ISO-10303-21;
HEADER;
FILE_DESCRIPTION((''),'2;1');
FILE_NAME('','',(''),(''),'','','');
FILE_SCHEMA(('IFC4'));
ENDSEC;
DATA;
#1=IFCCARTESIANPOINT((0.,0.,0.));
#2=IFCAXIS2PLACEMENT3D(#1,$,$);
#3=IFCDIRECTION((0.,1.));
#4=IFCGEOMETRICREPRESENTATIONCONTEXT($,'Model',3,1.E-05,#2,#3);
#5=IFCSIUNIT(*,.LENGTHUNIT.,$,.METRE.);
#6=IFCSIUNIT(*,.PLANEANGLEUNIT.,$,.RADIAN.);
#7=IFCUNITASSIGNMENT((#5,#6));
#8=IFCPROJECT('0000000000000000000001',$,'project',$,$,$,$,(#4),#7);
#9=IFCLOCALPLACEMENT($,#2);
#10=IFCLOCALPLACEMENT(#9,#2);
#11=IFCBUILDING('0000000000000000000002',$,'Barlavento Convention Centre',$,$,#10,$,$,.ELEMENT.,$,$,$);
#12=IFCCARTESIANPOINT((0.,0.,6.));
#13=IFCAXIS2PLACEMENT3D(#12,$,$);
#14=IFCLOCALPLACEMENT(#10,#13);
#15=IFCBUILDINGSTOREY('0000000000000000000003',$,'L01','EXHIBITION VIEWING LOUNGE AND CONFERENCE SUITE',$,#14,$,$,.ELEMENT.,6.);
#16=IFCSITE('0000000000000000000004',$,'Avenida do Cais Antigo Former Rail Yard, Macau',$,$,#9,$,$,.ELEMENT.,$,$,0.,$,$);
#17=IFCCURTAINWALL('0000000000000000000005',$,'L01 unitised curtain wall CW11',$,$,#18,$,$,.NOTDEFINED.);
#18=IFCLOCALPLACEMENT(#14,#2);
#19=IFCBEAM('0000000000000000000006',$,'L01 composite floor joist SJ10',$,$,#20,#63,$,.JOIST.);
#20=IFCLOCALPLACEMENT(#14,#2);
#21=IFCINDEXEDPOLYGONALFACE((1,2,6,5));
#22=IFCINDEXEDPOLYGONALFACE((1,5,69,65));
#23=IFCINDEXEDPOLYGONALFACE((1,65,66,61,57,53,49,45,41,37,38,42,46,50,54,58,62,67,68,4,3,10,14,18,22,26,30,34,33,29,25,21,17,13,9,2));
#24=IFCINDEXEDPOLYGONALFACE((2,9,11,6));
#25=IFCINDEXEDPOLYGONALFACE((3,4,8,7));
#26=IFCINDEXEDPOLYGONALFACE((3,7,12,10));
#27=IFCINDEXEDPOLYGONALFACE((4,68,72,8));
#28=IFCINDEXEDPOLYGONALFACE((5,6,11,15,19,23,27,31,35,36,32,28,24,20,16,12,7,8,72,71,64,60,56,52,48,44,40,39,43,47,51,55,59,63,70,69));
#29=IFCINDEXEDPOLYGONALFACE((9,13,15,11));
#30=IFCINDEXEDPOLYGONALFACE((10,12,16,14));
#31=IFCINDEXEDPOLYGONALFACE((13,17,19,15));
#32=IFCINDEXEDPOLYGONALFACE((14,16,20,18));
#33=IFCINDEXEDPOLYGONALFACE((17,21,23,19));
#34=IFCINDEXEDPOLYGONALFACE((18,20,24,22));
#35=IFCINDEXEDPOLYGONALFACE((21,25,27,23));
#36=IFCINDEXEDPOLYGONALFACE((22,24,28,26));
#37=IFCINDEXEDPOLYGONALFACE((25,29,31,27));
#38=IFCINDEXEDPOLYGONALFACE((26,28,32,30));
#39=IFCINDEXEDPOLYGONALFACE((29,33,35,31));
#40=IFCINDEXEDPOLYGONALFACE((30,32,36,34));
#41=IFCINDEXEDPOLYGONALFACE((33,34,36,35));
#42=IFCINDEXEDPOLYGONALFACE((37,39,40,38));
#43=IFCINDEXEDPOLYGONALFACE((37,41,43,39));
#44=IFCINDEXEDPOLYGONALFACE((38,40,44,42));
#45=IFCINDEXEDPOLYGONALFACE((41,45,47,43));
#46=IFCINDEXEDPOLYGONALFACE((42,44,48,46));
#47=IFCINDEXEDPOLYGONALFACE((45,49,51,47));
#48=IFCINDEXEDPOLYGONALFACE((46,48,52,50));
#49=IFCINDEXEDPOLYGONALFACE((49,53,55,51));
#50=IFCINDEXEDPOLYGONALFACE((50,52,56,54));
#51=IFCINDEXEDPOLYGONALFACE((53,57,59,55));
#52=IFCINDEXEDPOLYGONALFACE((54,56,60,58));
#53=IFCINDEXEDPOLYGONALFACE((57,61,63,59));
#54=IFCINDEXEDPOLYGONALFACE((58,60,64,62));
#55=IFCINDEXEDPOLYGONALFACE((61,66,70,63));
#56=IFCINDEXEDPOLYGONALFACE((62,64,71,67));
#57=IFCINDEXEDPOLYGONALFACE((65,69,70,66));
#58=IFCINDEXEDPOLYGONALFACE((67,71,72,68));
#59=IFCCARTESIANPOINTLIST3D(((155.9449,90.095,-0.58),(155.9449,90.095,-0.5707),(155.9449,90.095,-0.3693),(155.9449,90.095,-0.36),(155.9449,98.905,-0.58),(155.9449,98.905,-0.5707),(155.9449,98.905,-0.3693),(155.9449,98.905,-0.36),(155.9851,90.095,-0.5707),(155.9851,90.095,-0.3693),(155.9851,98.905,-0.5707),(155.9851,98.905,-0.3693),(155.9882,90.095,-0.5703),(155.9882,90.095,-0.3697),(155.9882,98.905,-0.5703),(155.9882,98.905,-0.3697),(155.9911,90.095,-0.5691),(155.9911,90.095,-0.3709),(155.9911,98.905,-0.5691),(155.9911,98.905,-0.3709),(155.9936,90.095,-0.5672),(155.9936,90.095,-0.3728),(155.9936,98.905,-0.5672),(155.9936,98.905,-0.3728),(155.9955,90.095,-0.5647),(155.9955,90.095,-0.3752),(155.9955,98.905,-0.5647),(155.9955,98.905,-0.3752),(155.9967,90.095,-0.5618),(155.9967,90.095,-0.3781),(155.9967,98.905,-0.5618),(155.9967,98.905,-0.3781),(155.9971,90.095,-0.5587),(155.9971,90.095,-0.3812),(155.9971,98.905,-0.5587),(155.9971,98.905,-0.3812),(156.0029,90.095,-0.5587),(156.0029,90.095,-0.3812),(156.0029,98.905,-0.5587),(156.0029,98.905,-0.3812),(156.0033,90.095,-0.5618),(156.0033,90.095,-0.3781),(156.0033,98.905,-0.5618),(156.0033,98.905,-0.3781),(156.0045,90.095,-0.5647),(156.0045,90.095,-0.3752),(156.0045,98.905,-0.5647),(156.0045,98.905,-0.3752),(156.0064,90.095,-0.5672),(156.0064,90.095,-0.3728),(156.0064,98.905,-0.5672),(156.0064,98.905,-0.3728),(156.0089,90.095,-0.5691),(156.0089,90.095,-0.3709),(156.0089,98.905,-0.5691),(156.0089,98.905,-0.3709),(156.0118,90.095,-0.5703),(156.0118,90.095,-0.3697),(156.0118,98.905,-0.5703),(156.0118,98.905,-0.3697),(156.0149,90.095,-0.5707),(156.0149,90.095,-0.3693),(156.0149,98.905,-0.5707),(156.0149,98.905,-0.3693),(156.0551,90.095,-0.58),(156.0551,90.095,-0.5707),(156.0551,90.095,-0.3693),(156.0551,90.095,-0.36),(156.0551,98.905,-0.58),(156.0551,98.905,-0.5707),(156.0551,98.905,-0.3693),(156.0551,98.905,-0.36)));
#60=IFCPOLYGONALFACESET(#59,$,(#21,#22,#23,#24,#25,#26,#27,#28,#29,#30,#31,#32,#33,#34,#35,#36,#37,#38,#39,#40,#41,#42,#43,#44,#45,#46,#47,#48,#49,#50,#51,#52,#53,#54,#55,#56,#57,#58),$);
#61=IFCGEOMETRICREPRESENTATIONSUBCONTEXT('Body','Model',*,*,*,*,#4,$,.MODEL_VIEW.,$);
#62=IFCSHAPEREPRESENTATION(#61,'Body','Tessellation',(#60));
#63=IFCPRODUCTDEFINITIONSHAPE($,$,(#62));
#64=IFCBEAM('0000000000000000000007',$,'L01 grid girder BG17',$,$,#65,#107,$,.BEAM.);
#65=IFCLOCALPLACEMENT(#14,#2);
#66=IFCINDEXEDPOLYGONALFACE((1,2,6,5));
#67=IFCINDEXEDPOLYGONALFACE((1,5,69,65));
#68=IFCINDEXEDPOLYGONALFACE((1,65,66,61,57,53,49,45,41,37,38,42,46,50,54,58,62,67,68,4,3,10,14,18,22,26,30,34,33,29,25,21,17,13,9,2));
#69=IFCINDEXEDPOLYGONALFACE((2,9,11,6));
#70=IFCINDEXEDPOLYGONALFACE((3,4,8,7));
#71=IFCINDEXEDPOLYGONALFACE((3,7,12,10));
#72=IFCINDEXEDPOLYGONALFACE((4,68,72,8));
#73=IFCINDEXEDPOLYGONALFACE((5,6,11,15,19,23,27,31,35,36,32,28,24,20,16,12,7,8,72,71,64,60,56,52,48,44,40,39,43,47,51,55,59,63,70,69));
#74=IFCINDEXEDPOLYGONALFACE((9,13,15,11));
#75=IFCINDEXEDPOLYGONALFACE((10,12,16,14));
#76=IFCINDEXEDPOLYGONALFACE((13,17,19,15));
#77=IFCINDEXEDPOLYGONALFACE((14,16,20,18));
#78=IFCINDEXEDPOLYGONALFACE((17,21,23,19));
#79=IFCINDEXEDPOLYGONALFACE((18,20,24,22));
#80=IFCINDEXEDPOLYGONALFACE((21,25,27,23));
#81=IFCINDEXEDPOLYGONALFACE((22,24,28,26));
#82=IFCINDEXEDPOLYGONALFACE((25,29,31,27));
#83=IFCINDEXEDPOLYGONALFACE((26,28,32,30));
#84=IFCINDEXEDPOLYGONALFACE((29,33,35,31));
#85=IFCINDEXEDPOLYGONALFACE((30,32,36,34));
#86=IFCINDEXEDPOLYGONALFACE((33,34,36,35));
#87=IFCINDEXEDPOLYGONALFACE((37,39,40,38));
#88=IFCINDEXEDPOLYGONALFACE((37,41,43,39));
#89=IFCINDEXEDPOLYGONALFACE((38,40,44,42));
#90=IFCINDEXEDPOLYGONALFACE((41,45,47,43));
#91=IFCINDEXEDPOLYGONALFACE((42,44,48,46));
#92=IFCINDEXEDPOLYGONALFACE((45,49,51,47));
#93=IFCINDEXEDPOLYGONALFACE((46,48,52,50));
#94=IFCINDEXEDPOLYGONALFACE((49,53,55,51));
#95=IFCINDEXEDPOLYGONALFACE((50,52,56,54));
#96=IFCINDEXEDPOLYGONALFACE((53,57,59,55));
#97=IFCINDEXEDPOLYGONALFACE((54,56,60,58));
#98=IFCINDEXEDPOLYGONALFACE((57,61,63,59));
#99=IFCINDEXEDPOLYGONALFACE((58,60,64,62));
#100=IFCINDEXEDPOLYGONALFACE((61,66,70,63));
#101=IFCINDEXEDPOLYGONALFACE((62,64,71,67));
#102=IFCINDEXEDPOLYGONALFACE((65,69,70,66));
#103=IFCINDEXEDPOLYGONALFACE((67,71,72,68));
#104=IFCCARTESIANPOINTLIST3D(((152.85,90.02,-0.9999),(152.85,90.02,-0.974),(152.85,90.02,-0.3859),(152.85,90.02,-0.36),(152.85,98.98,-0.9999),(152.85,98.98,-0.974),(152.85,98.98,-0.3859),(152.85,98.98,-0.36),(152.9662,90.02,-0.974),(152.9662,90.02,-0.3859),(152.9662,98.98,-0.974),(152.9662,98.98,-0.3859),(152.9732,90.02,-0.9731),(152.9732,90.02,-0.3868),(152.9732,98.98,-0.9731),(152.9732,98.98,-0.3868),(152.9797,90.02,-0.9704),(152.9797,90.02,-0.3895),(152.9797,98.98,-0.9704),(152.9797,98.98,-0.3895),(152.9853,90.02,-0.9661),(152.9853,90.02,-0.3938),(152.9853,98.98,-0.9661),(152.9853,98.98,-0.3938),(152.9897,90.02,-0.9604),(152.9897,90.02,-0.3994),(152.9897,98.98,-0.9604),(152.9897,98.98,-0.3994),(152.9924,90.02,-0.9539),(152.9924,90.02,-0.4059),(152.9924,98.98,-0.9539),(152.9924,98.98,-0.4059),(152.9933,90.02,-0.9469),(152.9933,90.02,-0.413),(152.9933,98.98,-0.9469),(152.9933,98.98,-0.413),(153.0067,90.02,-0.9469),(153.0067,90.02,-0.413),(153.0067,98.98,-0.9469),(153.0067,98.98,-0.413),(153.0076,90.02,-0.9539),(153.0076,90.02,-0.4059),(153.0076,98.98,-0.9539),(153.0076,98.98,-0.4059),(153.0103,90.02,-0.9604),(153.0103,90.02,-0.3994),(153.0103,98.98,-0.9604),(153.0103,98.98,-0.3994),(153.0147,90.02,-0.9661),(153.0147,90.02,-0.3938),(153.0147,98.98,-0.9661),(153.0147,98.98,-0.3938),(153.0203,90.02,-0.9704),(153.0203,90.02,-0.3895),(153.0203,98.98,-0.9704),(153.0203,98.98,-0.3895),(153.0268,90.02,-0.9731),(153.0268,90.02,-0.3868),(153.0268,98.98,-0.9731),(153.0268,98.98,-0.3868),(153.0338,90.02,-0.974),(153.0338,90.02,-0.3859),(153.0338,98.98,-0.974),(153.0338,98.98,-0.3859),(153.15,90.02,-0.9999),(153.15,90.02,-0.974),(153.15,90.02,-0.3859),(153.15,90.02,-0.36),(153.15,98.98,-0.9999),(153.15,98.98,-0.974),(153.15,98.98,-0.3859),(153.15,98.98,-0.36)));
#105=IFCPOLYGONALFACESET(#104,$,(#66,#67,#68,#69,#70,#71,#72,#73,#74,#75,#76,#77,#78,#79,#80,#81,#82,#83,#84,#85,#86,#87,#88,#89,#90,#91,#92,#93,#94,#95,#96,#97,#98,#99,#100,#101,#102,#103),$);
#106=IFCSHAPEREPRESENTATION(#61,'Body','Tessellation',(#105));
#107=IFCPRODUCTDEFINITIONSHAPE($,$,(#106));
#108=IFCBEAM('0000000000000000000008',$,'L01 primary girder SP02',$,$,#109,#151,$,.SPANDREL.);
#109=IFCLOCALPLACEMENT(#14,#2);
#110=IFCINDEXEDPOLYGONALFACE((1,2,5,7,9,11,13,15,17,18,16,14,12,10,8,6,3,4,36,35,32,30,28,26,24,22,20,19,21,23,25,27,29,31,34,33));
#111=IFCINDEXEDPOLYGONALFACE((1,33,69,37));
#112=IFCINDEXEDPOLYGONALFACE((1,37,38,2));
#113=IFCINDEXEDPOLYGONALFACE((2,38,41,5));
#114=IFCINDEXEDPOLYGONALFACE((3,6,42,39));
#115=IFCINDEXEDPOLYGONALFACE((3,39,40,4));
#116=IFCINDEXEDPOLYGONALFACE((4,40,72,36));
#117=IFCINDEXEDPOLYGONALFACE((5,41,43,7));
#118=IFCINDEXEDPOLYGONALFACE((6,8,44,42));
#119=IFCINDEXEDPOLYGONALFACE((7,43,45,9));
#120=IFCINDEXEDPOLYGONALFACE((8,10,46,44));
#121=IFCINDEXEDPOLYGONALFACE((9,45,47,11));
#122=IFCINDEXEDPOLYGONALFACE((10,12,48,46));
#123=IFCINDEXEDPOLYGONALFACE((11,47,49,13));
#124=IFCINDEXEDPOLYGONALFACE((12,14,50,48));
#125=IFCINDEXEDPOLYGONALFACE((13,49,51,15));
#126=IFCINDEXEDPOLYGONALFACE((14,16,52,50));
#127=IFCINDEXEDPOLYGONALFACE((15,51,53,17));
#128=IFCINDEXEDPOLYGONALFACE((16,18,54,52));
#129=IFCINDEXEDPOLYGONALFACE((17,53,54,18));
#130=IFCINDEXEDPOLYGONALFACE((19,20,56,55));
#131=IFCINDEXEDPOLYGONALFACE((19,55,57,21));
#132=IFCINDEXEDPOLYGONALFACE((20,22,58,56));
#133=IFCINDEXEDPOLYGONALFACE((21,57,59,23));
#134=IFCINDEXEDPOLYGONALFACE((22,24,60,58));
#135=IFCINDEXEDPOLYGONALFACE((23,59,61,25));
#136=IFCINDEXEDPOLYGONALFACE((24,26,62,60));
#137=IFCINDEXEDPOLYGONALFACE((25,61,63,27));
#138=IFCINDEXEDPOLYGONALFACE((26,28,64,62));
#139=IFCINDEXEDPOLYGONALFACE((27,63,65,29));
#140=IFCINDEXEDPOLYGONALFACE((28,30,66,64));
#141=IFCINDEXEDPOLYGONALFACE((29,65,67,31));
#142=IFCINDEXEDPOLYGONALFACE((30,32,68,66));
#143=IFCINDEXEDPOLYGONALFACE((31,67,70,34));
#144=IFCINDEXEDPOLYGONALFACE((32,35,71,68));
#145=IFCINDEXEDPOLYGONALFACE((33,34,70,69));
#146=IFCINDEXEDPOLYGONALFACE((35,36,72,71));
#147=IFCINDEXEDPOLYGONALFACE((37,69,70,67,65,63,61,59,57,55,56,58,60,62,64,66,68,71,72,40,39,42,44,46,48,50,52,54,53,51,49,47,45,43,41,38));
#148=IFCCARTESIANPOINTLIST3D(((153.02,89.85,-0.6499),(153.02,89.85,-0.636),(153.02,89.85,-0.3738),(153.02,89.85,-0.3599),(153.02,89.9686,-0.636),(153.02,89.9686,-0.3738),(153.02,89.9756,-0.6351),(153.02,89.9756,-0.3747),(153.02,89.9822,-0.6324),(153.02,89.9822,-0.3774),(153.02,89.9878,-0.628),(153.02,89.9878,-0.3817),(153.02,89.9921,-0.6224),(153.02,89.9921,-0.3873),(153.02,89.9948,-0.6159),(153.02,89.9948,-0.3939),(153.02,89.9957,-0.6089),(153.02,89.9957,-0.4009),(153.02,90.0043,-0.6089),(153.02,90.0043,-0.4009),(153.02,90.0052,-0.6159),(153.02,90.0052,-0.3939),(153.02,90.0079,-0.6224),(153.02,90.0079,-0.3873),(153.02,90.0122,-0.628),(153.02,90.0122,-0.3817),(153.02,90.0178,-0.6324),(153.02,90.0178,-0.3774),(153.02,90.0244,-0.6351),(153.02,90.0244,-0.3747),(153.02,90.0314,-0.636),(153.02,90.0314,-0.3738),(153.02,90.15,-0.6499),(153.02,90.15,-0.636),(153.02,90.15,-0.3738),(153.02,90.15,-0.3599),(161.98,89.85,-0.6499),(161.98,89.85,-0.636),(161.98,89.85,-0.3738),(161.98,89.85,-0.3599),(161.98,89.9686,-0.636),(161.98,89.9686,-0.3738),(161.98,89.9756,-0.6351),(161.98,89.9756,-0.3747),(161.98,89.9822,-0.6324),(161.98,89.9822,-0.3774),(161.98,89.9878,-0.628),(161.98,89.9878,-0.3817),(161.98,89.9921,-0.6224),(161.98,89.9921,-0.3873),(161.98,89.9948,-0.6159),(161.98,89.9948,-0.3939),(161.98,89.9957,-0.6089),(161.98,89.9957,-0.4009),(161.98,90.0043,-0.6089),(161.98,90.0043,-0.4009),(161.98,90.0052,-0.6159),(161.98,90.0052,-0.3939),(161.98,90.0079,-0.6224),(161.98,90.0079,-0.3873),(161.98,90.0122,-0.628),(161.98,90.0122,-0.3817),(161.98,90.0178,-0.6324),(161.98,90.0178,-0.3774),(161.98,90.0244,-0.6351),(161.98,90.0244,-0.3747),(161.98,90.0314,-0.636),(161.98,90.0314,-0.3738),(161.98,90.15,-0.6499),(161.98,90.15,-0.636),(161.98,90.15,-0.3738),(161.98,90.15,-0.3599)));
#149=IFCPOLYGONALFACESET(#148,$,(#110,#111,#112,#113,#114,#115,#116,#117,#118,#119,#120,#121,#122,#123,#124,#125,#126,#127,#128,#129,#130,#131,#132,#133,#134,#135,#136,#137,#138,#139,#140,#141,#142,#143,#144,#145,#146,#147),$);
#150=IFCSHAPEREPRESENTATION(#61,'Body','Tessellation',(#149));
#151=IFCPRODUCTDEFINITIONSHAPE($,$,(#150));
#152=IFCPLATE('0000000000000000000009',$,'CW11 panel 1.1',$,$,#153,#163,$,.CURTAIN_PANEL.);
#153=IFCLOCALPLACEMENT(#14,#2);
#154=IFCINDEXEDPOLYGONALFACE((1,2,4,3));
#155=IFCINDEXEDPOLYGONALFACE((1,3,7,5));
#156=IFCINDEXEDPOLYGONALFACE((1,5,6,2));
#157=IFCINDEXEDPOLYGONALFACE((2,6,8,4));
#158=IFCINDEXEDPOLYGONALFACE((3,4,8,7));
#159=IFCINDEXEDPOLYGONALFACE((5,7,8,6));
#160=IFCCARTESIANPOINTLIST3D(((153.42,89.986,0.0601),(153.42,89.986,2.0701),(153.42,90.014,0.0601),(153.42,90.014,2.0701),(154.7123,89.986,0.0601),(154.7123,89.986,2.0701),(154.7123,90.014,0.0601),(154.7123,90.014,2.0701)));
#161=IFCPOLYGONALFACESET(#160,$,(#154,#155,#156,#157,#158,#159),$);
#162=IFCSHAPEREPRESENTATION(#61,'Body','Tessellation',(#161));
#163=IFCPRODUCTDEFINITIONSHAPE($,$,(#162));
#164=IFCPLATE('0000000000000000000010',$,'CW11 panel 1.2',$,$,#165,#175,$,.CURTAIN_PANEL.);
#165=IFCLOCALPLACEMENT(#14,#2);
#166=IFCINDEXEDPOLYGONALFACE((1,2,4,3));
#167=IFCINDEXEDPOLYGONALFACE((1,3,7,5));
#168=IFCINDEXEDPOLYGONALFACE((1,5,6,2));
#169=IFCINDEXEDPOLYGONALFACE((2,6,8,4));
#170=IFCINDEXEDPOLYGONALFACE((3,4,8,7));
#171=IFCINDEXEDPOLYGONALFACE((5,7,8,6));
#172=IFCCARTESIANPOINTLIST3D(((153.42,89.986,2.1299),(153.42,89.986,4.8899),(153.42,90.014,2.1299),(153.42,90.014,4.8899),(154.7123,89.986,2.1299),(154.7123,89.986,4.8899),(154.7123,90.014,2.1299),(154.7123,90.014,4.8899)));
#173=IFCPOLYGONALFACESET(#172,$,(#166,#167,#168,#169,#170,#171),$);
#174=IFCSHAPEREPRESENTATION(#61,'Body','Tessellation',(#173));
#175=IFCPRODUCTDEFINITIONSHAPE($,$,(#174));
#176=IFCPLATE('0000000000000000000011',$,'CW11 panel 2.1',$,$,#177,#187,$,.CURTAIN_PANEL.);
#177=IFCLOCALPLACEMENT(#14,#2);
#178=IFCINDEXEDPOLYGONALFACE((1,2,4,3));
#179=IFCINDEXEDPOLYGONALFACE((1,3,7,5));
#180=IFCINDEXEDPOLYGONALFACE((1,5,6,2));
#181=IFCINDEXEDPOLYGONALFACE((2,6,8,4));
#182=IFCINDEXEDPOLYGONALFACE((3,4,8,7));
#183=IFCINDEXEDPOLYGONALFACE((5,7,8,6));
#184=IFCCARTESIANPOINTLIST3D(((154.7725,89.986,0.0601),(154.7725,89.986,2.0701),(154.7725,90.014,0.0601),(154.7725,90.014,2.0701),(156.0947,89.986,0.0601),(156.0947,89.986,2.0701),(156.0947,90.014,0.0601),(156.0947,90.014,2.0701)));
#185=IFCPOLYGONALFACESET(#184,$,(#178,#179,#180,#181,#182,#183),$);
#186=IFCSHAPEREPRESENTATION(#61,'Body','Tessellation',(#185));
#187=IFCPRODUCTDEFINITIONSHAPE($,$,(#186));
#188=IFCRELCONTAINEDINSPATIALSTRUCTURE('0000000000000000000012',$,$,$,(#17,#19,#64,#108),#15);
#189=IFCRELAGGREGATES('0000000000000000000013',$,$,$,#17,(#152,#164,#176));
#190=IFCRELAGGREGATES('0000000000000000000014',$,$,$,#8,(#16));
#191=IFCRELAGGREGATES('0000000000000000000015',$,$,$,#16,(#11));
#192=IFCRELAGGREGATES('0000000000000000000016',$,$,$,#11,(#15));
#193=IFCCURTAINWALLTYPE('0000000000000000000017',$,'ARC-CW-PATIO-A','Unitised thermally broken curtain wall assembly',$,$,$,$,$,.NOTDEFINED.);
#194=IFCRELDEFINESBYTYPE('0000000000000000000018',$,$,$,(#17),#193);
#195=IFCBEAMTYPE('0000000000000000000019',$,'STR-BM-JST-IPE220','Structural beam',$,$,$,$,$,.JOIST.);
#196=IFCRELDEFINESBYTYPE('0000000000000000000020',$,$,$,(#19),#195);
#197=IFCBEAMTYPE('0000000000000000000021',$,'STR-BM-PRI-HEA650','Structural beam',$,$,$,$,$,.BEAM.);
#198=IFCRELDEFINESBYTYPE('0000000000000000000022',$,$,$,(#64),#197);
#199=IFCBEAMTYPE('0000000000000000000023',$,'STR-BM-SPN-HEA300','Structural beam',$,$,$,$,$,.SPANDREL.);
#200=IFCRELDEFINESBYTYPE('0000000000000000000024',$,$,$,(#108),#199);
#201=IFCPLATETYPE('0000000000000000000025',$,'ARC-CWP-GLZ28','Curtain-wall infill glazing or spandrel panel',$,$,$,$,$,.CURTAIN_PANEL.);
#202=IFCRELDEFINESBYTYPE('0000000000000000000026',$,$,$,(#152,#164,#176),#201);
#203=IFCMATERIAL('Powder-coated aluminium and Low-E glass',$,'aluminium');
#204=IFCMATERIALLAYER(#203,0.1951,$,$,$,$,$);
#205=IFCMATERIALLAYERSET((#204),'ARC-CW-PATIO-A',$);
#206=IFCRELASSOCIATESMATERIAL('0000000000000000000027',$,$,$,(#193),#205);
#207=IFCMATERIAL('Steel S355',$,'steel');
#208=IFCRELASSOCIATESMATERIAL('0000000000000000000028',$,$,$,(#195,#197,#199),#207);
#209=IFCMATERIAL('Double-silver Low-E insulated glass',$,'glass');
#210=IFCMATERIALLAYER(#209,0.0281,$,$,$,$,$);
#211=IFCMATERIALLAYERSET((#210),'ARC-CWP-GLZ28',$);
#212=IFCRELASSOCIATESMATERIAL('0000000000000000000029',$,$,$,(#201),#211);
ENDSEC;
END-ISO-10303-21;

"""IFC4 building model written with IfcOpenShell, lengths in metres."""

from ifc_helpers import new_model, si_unit, direction, frame, origin, origin_2d, place, context, subcontext, project, spatial, rectangle, i_section, extrude, material, layer, layer_set, material_profile, profile_set, type_object, element, aggregate, save


model = new_model("IFC4")

# Units and contexts
model_context = context("Model", 3, precision=1e-05, world=origin(), true_north=direction((0.0, 1.0)))
body_context = subcontext(model_context, "Body", "Model", "MODEL_VIEW")
ifc_project = project(units=[si_unit("LENGTHUNIT", "METRE"), si_unit("PLANEANGLEUNIT", "RADIAN")], contexts=[model_context])

# Site, building, storey
site_placement = place(None, origin())
site = spatial("IfcSite", under=ifc_project, at=site_placement, Name="Avenida do Cais Antigo Former Rail Yard, Macau", CompositionType="ELEMENT", RefElevation=0.0)
building_placement = place(site_placement, origin())
building = spatial("IfcBuilding", under=site, at=building_placement, Name="Barlavento Convention Centre", CompositionType="ELEMENT")
storey_placement = place(building_placement, frame((0.0, 0.0, 6.0)))
storey = spatial("IfcBuildingStorey", under=building, at=storey_placement, Name="L01", Description="EXHIBITION VIEWING LOUNGE AND CONFERENCE SUITE", CompositionType="ELEMENT", Elevation=6.0)

# Curtain wall
ifc_material_1 = material(Name="Powder-coated aluminium and Low-E glass", Category="aluminium")
ifc_layer_1 = layer(ifc_material_1, 0.1951)
ifc_layer_set_1 = layer_set([ifc_layer_1], Name="ARC-CW-PATIO-A")
curtain_wall_type = type_object("IfcCurtainWallType", Name="ARC-CW-PATIO-A", Description="Unitised thermally broken curtain wall assembly", PredefinedType="NOTDEFINED", material=ifc_layer_set_1)
curtain_wall_placement = place(storey_placement, origin())
curtain_wall = element("IfcCurtainWall", 1, at=curtain_wall_placement, inside=storey, type_object=curtain_wall_type, Name="L01 unitised curtain wall CW11", PredefinedType="NOTDEFINED")

# Beams
ifc_material_2 = material(Name="Steel S355", Category="steel")
ifc_material_profile_1 = material_profile(ifc_material_2, i_section(OverallWidth=0.1101, OverallDepth=0.22, WebThickness=0.0059, FlangeThickness=0.0093, FilletRadius=0.012, at=origin_2d()), Name="IPE 220")
ifc_profile_set_1 = profile_set([ifc_material_profile_1], Name="Steel S355")
beam_type_1 = type_object("IfcBeamType", Name="STR-BM-JST-IPE220", Description="Structural beam", PredefinedType="JOIST", material=ifc_profile_set_1)
beam_1_placement = place(storey_placement, frame((156.0, 90.095, -0.47), z_axis=(0.0, 1.0, 0.0), x_axis=(-1.0, 0.0, 0.0)))
element("IfcBeam", 2, at=beam_1_placement, inside=storey, type_object=beam_type_1, Name="L01 composite floor joist SJ10", PredefinedType="JOIST", context=body_context, shape_type="SweptSolid", body=[
    extrude(i_section(OverallWidth=0.1101, OverallDepth=0.22, WebThickness=0.0059, FlangeThickness=0.0093, FilletRadius=0.012, at=origin_2d()), origin(), (0.0, 0.0, 1.0), 8.8101),
])
ifc_material_profile_2 = material_profile(ifc_material_2, i_section(OverallWidth=0.3, OverallDepth=0.6399, WebThickness=0.0134, FlangeThickness=0.0259, FilletRadius=0.0271, at=origin_2d()), Name="HEA 650")
ifc_profile_set_2 = profile_set([ifc_material_profile_2], Name="Steel S355")
beam_type_2 = type_object("IfcBeamType", Name="STR-BM-PRI-HEA650", Description="Structural beam", PredefinedType="BEAM", material=ifc_profile_set_2)
beam_2_placement = place(storey_placement, frame((153.0, 90.02, -0.6799), z_axis=(0.0, 1.0, 0.0), x_axis=(-1.0, 0.0, 0.0)))
element("IfcBeam", 3, at=beam_2_placement, inside=storey, type_object=beam_type_2, Name="L01 grid girder BG17", PredefinedType="BEAM", context=body_context, shape_type="SweptSolid", body=[
    extrude(i_section(OverallWidth=0.3, OverallDepth=0.6399, WebThickness=0.0134, FlangeThickness=0.0259, FilletRadius=0.0271, at=origin_2d()), origin(), (0.0, 0.0, 1.0), 8.96),
])
ifc_material_profile_3 = material_profile(ifc_material_2, i_section(OverallWidth=0.3, OverallDepth=0.29, WebThickness=0.0085, FlangeThickness=0.0139, FilletRadius=0.0271, at=origin_2d()), Name="HEA 300")
ifc_profile_set_3 = profile_set([ifc_material_profile_3], Name="Steel S355")
beam_type_3 = type_object("IfcBeamType", Name="STR-BM-SPN-HEA300", Description="Structural beam", PredefinedType="SPANDREL", material=ifc_profile_set_3)
beam_3_placement = place(storey_placement, frame((153.02, 90.0, -0.5049), z_axis=(1.0, 0.0, 0.0), x_axis=(0.0, 1.0, 0.0)))
element("IfcBeam", 4, at=beam_3_placement, inside=storey, type_object=beam_type_3, Name="L01 primary girder SP02", PredefinedType="SPANDREL", context=body_context, shape_type="SweptSolid", body=[
    extrude(i_section(OverallWidth=0.3, OverallDepth=0.29, WebThickness=0.0085, FlangeThickness=0.0139, FilletRadius=0.0271, at=origin_2d()), origin(), (0.0, 0.0, 1.0), 8.96),
])

# Plates
ifc_material_3 = material(Name="Double-silver Low-E insulated glass", Category="glass")
ifc_layer_2 = layer(ifc_material_3, 0.0281)
ifc_layer_set_2 = layer_set([ifc_layer_2], Name="ARC-CWP-GLZ28")
plate_type = type_object("IfcPlateType", Name="ARC-CWP-GLZ28", Description="Curtain-wall infill glazing or spandrel panel", PredefinedType="CURTAIN_PANEL", material=ifc_layer_set_2)
plate_1_placement = place(storey_placement, frame((154.0662, 90.0, 0.0601), z_axis=(0.0, 0.0, 1.0), x_axis=(1.0, 0.0, 0.0)))
plate_1 = element("IfcPlate", 5, at=plate_1_placement, type_object=plate_type, Name="CW11 panel 1.1", PredefinedType="CURTAIN_PANEL", context=body_context, shape_type="SweptSolid", body=[
    extrude(rectangle(XDim=1.2922, YDim=0.0281, at=origin_2d()), origin(), (0.0, 0.0, 1.0), 2.01),
])
plate_2_placement = place(storey_placement, frame((154.0662, 90.0, 2.1299), z_axis=(0.0, 0.0, 1.0), x_axis=(1.0, 0.0, 0.0)))
plate_2 = element("IfcPlate", 6, at=plate_2_placement, type_object=plate_type, Name="CW11 panel 1.2", PredefinedType="CURTAIN_PANEL", context=body_context, shape_type="SweptSolid", body=[
    extrude(rectangle(XDim=1.2922, YDim=0.0281, at=origin_2d()), origin(), (0.0, 0.0, 1.0), 2.76),
])
plate_3_placement = place(storey_placement, frame((155.4336, 90.0, 0.0601), z_axis=(0.0, 0.0, 1.0), x_axis=(1.0, 0.0, 0.0)))
plate_3 = element("IfcPlate", 7, at=plate_3_placement, type_object=plate_type, Name="CW11 panel 2.1", PredefinedType="CURTAIN_PANEL", context=body_context, shape_type="SweptSolid", body=[
    extrude(rectangle(XDim=1.3223, YDim=0.0281, at=origin_2d()), origin(), (0.0, 0.0, 1.0), 2.01),
])
aggregate(curtain_wall, [plate_1, plate_2, plate_3])

save(model, "model.ifc")
